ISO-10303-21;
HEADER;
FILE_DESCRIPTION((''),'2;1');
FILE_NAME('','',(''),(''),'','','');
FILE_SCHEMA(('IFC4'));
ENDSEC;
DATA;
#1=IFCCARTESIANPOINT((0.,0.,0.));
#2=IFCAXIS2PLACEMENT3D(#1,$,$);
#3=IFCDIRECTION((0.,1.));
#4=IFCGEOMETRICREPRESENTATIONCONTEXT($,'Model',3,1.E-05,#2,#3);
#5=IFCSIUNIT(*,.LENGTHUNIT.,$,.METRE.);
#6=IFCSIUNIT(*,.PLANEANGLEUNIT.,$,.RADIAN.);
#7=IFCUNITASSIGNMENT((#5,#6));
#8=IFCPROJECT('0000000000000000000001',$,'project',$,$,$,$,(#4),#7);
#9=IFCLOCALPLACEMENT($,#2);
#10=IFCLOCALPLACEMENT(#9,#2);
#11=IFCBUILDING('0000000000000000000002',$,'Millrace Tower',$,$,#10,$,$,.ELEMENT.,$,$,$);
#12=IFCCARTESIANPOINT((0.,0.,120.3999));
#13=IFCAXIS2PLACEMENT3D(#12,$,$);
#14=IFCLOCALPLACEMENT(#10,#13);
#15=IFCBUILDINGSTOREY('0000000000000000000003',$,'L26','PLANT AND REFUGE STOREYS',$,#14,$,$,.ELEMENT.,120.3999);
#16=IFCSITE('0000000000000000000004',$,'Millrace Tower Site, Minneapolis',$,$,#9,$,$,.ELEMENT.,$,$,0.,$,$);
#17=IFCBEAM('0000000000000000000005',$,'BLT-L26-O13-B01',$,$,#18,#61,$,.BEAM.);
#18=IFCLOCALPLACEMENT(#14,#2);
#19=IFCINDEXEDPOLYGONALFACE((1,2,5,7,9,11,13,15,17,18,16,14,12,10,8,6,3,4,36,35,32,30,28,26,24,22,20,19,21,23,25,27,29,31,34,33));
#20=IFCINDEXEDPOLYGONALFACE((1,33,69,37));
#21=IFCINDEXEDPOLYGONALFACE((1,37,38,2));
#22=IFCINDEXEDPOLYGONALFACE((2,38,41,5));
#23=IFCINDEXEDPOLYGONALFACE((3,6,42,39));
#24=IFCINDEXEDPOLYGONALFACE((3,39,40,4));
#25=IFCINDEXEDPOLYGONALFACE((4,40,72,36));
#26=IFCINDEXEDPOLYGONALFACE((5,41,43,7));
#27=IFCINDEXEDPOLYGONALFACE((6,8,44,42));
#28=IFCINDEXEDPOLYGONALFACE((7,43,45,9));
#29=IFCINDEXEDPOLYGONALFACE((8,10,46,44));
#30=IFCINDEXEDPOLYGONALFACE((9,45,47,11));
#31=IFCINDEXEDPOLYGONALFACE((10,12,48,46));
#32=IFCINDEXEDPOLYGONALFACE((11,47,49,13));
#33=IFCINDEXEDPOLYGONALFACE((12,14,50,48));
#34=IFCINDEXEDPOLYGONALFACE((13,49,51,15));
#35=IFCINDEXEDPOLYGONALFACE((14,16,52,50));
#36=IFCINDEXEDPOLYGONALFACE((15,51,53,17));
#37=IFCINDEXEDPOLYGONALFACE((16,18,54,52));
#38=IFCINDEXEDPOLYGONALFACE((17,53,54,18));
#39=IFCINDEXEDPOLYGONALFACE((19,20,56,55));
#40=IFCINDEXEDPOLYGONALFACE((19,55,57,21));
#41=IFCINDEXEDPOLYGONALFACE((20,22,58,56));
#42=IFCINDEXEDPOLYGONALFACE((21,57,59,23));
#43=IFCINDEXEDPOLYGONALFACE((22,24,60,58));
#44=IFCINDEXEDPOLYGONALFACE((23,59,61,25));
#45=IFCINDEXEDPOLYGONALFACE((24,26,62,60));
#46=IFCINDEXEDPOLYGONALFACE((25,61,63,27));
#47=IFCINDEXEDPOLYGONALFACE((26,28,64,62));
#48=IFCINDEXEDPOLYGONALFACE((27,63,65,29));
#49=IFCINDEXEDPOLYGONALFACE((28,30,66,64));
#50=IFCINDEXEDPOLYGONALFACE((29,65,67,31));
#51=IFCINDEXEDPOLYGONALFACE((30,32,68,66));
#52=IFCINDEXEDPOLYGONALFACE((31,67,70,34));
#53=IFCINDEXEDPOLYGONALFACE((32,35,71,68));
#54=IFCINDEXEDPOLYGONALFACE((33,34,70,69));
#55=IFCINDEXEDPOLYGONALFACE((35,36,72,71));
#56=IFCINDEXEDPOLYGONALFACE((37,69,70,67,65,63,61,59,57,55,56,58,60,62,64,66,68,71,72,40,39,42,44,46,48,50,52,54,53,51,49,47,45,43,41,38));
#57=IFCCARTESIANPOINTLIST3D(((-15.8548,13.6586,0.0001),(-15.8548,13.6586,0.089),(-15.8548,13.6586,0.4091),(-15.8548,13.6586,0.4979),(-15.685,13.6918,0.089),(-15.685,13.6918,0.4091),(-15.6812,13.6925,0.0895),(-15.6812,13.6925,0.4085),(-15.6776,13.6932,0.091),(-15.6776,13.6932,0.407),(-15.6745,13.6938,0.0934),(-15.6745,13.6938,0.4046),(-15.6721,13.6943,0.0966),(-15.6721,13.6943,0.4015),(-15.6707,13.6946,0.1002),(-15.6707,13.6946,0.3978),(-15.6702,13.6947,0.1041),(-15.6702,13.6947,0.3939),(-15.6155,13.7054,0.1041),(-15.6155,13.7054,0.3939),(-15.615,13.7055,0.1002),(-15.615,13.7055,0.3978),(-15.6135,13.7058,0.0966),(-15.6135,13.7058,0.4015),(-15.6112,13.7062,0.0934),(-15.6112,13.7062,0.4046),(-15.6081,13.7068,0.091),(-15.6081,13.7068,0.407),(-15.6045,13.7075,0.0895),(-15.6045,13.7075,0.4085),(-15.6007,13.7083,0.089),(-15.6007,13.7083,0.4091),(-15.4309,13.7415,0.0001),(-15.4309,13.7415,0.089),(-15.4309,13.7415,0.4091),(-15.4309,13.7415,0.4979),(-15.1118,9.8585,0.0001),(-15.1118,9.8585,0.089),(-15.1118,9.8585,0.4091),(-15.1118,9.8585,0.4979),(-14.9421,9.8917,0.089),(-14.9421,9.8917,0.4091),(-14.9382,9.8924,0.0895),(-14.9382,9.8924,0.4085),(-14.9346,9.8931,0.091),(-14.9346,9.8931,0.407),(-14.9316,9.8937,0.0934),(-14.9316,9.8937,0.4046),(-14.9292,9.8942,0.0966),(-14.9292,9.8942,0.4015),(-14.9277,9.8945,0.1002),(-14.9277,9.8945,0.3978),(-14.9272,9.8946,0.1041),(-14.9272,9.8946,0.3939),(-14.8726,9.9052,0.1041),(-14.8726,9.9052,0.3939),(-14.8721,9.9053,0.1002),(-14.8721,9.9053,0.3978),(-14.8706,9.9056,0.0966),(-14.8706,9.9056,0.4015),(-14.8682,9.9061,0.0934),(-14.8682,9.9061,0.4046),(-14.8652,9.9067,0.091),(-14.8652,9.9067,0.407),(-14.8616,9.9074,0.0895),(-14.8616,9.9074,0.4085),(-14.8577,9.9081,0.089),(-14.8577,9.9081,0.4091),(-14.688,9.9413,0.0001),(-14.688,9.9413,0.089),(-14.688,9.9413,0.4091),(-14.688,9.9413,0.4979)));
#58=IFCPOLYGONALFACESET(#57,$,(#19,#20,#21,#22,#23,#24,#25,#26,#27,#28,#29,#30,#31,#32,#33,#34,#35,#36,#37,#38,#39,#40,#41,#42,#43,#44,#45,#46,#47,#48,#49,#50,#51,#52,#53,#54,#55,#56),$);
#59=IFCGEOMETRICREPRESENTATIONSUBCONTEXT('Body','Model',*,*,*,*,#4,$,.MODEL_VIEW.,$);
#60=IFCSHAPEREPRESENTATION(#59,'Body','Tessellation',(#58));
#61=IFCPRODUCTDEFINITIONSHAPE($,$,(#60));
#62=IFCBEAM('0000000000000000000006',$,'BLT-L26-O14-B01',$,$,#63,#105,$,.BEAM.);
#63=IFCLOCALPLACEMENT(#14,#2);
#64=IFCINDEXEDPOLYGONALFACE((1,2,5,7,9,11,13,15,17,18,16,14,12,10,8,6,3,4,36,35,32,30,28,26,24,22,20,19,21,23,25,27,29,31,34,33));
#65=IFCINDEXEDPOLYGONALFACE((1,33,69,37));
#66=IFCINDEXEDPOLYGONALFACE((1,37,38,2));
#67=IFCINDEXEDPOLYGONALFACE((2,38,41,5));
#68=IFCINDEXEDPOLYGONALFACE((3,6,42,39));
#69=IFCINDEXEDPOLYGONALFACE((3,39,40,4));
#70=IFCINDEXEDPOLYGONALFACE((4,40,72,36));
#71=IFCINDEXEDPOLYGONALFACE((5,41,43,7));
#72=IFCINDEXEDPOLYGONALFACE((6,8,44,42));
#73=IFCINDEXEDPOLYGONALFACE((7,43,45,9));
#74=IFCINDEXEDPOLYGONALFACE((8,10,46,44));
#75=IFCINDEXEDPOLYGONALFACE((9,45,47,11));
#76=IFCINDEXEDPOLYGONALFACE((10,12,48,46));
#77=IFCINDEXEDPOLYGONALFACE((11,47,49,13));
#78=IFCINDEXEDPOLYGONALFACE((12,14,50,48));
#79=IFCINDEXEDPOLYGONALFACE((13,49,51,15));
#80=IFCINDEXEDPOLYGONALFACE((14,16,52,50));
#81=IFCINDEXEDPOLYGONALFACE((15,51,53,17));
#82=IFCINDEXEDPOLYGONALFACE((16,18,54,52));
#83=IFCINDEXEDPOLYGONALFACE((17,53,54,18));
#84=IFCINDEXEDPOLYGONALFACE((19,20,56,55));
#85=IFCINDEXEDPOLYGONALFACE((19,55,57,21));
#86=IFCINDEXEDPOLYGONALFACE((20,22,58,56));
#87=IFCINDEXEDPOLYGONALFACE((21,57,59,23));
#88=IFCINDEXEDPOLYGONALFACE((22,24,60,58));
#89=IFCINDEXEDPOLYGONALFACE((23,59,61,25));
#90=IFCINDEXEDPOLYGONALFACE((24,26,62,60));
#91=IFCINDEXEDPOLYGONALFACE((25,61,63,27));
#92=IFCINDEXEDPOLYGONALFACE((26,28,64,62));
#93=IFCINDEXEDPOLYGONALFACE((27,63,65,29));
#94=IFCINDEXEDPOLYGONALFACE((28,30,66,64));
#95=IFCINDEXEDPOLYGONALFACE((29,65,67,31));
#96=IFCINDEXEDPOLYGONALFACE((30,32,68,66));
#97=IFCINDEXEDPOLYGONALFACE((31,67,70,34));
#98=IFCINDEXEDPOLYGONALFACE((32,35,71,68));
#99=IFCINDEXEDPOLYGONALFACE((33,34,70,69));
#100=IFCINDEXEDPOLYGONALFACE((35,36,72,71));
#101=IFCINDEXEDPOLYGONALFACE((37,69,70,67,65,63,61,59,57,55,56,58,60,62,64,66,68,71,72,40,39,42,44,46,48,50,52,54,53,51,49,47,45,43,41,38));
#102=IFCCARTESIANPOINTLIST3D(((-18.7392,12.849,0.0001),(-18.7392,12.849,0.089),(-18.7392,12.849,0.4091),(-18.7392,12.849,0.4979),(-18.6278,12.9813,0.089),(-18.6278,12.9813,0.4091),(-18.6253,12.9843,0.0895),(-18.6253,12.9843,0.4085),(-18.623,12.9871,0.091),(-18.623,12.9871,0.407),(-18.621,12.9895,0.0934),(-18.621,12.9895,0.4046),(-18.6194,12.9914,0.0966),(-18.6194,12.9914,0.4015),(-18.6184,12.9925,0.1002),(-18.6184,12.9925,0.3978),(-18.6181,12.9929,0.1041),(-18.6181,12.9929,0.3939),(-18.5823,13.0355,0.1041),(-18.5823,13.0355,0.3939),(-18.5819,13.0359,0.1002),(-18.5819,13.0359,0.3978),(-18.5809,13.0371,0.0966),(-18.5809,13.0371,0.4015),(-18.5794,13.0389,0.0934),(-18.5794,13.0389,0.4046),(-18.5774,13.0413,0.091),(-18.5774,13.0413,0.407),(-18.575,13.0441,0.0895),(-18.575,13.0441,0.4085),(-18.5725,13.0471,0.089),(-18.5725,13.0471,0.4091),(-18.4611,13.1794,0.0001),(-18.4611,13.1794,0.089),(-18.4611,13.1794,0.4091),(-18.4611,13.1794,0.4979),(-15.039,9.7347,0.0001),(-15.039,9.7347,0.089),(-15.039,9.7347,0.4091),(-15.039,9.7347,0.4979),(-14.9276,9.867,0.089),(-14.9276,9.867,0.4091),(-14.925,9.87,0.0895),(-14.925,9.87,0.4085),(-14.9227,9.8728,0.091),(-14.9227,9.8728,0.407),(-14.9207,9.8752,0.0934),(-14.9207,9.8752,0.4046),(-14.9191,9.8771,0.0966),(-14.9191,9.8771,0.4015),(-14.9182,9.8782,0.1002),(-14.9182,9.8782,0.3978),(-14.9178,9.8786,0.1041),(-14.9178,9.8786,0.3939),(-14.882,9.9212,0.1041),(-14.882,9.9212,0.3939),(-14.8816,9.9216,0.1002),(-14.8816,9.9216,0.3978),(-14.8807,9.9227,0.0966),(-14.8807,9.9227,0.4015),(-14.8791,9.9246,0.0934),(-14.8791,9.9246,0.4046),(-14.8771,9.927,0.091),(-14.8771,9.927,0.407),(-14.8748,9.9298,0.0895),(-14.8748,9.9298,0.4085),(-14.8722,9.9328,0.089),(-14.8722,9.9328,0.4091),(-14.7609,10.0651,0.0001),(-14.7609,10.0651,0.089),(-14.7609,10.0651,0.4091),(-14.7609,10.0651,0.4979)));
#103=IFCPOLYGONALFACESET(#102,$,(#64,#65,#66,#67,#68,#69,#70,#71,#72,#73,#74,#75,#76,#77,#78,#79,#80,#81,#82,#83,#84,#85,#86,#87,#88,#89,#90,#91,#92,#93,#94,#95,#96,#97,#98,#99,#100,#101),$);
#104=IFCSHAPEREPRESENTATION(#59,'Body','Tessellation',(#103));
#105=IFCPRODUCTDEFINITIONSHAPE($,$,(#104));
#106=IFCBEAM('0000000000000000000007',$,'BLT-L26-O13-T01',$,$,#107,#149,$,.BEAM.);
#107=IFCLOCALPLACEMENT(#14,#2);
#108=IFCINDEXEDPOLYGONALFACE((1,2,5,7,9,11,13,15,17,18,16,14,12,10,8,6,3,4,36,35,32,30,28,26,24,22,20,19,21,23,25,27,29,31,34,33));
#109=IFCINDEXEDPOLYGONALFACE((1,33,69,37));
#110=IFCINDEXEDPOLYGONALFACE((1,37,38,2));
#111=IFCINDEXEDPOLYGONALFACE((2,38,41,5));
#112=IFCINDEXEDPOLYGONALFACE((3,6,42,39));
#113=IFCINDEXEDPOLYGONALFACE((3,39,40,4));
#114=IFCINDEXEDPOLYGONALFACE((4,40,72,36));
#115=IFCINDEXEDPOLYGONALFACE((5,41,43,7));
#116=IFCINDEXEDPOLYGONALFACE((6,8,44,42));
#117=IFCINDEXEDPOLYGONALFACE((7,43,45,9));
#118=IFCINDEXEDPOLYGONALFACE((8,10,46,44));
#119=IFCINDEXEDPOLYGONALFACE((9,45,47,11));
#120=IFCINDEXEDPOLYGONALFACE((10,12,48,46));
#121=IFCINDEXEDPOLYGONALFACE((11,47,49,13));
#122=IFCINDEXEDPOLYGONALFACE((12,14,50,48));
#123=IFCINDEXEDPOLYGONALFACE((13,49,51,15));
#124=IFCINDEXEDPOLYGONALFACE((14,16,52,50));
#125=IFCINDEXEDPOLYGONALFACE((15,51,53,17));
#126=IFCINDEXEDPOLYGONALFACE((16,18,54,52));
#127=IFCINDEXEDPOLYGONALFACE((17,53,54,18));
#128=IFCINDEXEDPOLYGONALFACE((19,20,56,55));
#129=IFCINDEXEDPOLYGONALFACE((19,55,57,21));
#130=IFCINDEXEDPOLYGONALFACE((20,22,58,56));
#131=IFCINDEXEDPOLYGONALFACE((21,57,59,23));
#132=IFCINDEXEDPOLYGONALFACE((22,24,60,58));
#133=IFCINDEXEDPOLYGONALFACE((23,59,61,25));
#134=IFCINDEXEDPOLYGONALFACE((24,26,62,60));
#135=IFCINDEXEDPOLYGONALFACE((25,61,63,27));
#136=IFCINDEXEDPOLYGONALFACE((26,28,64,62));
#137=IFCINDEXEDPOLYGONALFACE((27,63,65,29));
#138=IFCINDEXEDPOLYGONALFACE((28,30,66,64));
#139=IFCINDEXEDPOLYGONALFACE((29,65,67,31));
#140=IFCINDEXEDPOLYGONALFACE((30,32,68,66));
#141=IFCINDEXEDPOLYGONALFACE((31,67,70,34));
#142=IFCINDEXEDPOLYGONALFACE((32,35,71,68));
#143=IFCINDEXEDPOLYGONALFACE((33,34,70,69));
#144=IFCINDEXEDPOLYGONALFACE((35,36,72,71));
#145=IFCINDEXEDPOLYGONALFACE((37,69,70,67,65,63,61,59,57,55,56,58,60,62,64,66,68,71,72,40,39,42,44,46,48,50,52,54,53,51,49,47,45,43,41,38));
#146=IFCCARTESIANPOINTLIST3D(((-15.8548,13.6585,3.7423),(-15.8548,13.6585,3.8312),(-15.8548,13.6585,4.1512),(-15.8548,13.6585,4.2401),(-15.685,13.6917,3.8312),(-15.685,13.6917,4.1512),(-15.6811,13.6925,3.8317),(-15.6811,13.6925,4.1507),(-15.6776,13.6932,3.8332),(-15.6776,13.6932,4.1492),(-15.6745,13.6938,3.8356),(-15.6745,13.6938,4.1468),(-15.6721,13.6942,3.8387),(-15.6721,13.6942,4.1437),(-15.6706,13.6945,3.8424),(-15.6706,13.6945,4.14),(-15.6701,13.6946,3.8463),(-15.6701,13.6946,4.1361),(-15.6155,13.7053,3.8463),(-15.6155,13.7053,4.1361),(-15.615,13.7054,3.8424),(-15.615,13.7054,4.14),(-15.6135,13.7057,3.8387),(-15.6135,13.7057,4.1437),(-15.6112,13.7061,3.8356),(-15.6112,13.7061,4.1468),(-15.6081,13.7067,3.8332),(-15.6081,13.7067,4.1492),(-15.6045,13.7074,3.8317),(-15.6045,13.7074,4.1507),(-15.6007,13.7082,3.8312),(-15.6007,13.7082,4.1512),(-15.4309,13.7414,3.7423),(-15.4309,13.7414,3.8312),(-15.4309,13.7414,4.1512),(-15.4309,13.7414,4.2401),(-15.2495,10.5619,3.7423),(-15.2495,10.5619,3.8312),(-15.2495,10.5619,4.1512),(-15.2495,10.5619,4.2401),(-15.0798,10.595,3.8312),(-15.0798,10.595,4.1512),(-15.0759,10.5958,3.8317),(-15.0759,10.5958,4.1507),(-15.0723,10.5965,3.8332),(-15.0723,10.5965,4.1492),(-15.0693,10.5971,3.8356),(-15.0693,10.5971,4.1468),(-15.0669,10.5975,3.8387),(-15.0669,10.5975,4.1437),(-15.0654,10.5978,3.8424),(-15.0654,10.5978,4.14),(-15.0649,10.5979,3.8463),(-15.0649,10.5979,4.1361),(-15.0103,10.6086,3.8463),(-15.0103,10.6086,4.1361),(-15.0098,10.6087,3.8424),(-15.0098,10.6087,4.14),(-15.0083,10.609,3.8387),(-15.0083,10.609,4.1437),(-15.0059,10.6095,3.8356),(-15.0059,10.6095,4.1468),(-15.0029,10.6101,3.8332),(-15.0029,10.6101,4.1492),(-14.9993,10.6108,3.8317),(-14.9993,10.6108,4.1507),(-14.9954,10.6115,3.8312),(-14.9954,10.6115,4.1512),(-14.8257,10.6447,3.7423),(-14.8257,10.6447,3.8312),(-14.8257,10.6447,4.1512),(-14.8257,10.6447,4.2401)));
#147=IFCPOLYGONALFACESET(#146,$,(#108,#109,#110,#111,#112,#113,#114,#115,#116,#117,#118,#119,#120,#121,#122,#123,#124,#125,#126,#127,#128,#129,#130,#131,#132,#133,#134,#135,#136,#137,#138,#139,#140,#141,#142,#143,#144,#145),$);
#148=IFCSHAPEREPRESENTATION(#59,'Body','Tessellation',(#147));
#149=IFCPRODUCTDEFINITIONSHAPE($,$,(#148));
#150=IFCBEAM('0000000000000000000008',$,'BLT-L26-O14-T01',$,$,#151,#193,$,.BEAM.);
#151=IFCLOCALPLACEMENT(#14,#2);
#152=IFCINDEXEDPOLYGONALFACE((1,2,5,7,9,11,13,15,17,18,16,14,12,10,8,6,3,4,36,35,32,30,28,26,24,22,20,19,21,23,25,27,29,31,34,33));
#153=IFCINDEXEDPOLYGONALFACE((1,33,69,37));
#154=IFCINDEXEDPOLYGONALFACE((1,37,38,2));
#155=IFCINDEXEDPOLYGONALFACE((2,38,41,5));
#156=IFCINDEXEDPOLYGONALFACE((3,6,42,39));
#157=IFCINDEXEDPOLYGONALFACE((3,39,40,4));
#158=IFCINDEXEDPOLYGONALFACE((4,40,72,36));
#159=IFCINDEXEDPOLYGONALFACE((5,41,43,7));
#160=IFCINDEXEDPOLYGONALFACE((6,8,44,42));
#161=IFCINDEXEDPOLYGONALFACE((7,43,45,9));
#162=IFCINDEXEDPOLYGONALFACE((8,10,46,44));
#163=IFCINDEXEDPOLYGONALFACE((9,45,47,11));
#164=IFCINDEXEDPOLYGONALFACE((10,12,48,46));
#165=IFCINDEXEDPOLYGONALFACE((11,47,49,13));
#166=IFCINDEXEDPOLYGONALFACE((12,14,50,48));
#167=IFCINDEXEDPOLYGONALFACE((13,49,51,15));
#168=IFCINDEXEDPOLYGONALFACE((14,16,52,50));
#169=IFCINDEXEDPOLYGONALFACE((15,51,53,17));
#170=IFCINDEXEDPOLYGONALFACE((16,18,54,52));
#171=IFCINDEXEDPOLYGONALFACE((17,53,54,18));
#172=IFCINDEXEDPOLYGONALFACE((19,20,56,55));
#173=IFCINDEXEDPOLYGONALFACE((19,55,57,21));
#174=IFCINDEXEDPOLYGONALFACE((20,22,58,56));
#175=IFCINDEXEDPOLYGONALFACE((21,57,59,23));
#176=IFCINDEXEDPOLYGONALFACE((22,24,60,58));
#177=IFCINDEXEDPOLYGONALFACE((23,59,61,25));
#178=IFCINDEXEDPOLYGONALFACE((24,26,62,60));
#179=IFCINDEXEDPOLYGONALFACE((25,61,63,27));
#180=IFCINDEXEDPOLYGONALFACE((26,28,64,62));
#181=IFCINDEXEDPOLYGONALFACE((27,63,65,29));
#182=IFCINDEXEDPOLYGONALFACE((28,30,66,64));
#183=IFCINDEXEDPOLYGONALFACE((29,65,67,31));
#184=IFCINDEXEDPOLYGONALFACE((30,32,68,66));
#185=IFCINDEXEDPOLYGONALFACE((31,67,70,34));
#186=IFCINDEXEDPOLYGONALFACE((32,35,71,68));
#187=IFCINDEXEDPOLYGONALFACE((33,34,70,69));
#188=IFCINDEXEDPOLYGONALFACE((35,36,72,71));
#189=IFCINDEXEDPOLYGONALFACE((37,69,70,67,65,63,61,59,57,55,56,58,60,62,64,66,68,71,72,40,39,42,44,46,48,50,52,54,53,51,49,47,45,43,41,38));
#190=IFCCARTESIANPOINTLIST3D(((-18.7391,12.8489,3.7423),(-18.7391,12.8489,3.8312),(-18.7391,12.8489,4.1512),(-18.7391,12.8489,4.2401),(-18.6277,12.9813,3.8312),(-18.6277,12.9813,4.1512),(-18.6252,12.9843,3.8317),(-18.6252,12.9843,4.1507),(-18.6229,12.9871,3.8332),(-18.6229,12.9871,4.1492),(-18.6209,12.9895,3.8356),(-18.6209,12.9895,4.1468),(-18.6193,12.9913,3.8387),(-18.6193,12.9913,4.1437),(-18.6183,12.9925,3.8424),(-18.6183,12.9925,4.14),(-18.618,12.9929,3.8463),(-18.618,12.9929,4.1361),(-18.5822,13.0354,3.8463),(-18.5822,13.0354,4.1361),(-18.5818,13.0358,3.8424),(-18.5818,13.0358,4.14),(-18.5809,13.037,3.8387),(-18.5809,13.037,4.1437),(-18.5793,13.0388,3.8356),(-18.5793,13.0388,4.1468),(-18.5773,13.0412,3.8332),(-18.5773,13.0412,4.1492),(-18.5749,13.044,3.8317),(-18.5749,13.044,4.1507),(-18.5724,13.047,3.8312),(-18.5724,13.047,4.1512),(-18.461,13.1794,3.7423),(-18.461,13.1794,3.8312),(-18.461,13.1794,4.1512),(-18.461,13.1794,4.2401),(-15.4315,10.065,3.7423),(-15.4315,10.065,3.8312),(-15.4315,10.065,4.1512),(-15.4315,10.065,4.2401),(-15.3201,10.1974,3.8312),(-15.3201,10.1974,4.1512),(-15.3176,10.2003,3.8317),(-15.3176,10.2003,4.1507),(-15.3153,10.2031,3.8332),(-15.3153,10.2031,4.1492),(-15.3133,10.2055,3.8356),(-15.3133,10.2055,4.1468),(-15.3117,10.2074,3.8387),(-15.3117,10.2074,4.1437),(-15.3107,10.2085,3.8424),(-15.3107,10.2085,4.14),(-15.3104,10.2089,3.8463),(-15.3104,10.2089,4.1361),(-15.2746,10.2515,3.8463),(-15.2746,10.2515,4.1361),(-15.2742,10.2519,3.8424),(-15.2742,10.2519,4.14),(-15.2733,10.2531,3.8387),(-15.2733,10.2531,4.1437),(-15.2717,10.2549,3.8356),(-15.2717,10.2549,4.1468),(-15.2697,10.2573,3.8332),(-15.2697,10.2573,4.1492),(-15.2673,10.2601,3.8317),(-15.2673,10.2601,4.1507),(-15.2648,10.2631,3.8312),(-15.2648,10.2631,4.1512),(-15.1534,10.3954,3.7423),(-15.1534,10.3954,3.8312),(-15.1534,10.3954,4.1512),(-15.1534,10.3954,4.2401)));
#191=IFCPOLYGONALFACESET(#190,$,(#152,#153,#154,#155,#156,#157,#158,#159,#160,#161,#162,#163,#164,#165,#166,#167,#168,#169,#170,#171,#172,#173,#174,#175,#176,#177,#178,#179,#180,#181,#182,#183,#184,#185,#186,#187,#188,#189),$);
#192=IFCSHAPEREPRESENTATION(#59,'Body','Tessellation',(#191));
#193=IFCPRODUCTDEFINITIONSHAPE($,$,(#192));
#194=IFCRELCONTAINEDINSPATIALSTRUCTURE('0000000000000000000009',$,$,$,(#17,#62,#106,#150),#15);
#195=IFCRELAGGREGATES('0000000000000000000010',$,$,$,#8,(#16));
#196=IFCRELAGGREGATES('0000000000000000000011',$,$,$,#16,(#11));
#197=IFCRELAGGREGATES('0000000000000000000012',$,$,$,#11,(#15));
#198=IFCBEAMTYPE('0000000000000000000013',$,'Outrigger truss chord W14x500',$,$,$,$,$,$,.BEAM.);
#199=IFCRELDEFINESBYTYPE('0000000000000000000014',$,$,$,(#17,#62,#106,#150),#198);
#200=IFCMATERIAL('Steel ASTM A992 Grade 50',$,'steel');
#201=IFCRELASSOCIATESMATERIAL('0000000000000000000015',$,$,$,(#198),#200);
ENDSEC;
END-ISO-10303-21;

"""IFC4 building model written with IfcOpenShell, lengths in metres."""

from ifc_helpers import new_model, si_unit, direction, frame, origin, origin_2d, place, context, subcontext, project, spatial, i_section, extrude, material, material_profile, profile_set, type_object, element, save


model = new_model("IFC4")

# Units and contexts
model_context = context("Model", 3, precision=1e-05, world=origin(), true_north=direction((0.0, 1.0)))
body_context = subcontext(model_context, "Body", "Model", "MODEL_VIEW")
ifc_project = project(units=[si_unit("LENGTHUNIT", "METRE"), si_unit("PLANEANGLEUNIT", "RADIAN")], contexts=[model_context])

# Site, building, storey
site_placement = place(None, origin())
site = spatial("IfcSite", under=ifc_project, at=site_placement, Name="Millrace Tower Site, Minneapolis", CompositionType="ELEMENT", RefElevation=0.0)
building_placement = place(site_placement, origin())
building = spatial("IfcBuilding", under=site, at=building_placement, Name="Millrace Tower", CompositionType="ELEMENT")
storey_placement = place(building_placement, frame((0.0, 0.0, 120.3999)))
storey = spatial("IfcBuildingStorey", under=building, at=storey_placement, Name="L26", Description="PLANT AND REFUGE STOREYS", CompositionType="ELEMENT", Elevation=120.3999)

# Beams
ifc_material_1 = material(Name="Steel ASTM A992 Grade 50", Category="steel")
ifc_material_profile_1 = material_profile(ifc_material_1, i_section(OverallWidth=0.4319, OverallDepth=0.4978, WebThickness=0.0557, FlangeThickness=0.0889, FilletRadius=0.0151, at=origin_2d()))
ifc_profile_set_1 = profile_set([ifc_material_profile_1], Name="Steel ASTM A992 Grade 50")
beam_type_1 = type_object("IfcBeamType", Name="Outrigger truss chord W14x500", PredefinedType="BEAM", material=ifc_profile_set_1)
beam_1_placement = place(storey_placement, frame((-14.8999, 9.8999, 0.249), z_axis=(-0.19187, 0.98142, 0.0), x_axis=(-0.98142, -0.19187, 0.0)))
element("IfcBeam", 1, at=beam_1_placement, inside=storey, type_object=beam_type_1, Name="BLT-L26-O13-B01", PredefinedType="BEAM", context=body_context, shape_type="SweptSolid", body=[
    extrude(i_section(OverallWidth=0.4319, OverallDepth=0.4978, WebThickness=0.0557, FlangeThickness=0.0889, FilletRadius=0.0151, at=origin_2d()), origin(), (0.0, 0.0, 1.0), 3.8721),
])
beam_2_placement = place(storey_placement, frame((-14.8999, 9.8999, 0.249), z_axis=(-0.765084, 0.643931, 0.0), x_axis=(-0.643931, -0.765084, 0.0)))
element("IfcBeam", 2, at=beam_2_placement, inside=storey, type_object=beam_type_1, Name="BLT-L26-O14-B01", PredefinedType="BEAM", context=body_context, shape_type="SweptSolid", body=[
    extrude(i_section(OverallWidth=0.4319, OverallDepth=0.4978, WebThickness=0.0557, FlangeThickness=0.0889, FilletRadius=0.0151, at=origin_2d()), origin(), (0.0, 0.0, 1.0), 4.8364),
])
beam_3_placement = place(storey_placement, frame((-15.0376, 10.6033, 3.9912), z_axis=(-0.191814, 0.981431, 0.0), x_axis=(-0.981431, -0.191814, 0.0)))
element("IfcBeam", 3, at=beam_3_placement, inside=storey, type_object=beam_type_1, Name="BLT-L26-O13-T01", PredefinedType="BEAM", context=body_context, shape_type="SweptSolid", body=[
    extrude(i_section(OverallWidth=0.4319, OverallDepth=0.4978, WebThickness=0.0557, FlangeThickness=0.0889, FilletRadius=0.0151, at=origin_2d()), origin(), (0.0, 0.0, 1.0), 3.1553),
])
beam_4_placement = place(storey_placement, frame((-15.2925, 10.2302, 3.9912), z_axis=(-0.765074, 0.643943, 0.0), x_axis=(-0.643943, -0.765074, 0.0)))
element("IfcBeam", 4, at=beam_4_placement, inside=storey, type_object=beam_type_1, Name="BLT-L26-O14-T01", PredefinedType="BEAM", context=body_context, shape_type="SweptSolid", body=[
    extrude(i_section(OverallWidth=0.4319, OverallDepth=0.4978, WebThickness=0.0557, FlangeThickness=0.0889, FilletRadius=0.0151, at=origin_2d()), origin(), (0.0, 0.0, 1.0), 4.3232),
])

save(model, "model.ifc")
